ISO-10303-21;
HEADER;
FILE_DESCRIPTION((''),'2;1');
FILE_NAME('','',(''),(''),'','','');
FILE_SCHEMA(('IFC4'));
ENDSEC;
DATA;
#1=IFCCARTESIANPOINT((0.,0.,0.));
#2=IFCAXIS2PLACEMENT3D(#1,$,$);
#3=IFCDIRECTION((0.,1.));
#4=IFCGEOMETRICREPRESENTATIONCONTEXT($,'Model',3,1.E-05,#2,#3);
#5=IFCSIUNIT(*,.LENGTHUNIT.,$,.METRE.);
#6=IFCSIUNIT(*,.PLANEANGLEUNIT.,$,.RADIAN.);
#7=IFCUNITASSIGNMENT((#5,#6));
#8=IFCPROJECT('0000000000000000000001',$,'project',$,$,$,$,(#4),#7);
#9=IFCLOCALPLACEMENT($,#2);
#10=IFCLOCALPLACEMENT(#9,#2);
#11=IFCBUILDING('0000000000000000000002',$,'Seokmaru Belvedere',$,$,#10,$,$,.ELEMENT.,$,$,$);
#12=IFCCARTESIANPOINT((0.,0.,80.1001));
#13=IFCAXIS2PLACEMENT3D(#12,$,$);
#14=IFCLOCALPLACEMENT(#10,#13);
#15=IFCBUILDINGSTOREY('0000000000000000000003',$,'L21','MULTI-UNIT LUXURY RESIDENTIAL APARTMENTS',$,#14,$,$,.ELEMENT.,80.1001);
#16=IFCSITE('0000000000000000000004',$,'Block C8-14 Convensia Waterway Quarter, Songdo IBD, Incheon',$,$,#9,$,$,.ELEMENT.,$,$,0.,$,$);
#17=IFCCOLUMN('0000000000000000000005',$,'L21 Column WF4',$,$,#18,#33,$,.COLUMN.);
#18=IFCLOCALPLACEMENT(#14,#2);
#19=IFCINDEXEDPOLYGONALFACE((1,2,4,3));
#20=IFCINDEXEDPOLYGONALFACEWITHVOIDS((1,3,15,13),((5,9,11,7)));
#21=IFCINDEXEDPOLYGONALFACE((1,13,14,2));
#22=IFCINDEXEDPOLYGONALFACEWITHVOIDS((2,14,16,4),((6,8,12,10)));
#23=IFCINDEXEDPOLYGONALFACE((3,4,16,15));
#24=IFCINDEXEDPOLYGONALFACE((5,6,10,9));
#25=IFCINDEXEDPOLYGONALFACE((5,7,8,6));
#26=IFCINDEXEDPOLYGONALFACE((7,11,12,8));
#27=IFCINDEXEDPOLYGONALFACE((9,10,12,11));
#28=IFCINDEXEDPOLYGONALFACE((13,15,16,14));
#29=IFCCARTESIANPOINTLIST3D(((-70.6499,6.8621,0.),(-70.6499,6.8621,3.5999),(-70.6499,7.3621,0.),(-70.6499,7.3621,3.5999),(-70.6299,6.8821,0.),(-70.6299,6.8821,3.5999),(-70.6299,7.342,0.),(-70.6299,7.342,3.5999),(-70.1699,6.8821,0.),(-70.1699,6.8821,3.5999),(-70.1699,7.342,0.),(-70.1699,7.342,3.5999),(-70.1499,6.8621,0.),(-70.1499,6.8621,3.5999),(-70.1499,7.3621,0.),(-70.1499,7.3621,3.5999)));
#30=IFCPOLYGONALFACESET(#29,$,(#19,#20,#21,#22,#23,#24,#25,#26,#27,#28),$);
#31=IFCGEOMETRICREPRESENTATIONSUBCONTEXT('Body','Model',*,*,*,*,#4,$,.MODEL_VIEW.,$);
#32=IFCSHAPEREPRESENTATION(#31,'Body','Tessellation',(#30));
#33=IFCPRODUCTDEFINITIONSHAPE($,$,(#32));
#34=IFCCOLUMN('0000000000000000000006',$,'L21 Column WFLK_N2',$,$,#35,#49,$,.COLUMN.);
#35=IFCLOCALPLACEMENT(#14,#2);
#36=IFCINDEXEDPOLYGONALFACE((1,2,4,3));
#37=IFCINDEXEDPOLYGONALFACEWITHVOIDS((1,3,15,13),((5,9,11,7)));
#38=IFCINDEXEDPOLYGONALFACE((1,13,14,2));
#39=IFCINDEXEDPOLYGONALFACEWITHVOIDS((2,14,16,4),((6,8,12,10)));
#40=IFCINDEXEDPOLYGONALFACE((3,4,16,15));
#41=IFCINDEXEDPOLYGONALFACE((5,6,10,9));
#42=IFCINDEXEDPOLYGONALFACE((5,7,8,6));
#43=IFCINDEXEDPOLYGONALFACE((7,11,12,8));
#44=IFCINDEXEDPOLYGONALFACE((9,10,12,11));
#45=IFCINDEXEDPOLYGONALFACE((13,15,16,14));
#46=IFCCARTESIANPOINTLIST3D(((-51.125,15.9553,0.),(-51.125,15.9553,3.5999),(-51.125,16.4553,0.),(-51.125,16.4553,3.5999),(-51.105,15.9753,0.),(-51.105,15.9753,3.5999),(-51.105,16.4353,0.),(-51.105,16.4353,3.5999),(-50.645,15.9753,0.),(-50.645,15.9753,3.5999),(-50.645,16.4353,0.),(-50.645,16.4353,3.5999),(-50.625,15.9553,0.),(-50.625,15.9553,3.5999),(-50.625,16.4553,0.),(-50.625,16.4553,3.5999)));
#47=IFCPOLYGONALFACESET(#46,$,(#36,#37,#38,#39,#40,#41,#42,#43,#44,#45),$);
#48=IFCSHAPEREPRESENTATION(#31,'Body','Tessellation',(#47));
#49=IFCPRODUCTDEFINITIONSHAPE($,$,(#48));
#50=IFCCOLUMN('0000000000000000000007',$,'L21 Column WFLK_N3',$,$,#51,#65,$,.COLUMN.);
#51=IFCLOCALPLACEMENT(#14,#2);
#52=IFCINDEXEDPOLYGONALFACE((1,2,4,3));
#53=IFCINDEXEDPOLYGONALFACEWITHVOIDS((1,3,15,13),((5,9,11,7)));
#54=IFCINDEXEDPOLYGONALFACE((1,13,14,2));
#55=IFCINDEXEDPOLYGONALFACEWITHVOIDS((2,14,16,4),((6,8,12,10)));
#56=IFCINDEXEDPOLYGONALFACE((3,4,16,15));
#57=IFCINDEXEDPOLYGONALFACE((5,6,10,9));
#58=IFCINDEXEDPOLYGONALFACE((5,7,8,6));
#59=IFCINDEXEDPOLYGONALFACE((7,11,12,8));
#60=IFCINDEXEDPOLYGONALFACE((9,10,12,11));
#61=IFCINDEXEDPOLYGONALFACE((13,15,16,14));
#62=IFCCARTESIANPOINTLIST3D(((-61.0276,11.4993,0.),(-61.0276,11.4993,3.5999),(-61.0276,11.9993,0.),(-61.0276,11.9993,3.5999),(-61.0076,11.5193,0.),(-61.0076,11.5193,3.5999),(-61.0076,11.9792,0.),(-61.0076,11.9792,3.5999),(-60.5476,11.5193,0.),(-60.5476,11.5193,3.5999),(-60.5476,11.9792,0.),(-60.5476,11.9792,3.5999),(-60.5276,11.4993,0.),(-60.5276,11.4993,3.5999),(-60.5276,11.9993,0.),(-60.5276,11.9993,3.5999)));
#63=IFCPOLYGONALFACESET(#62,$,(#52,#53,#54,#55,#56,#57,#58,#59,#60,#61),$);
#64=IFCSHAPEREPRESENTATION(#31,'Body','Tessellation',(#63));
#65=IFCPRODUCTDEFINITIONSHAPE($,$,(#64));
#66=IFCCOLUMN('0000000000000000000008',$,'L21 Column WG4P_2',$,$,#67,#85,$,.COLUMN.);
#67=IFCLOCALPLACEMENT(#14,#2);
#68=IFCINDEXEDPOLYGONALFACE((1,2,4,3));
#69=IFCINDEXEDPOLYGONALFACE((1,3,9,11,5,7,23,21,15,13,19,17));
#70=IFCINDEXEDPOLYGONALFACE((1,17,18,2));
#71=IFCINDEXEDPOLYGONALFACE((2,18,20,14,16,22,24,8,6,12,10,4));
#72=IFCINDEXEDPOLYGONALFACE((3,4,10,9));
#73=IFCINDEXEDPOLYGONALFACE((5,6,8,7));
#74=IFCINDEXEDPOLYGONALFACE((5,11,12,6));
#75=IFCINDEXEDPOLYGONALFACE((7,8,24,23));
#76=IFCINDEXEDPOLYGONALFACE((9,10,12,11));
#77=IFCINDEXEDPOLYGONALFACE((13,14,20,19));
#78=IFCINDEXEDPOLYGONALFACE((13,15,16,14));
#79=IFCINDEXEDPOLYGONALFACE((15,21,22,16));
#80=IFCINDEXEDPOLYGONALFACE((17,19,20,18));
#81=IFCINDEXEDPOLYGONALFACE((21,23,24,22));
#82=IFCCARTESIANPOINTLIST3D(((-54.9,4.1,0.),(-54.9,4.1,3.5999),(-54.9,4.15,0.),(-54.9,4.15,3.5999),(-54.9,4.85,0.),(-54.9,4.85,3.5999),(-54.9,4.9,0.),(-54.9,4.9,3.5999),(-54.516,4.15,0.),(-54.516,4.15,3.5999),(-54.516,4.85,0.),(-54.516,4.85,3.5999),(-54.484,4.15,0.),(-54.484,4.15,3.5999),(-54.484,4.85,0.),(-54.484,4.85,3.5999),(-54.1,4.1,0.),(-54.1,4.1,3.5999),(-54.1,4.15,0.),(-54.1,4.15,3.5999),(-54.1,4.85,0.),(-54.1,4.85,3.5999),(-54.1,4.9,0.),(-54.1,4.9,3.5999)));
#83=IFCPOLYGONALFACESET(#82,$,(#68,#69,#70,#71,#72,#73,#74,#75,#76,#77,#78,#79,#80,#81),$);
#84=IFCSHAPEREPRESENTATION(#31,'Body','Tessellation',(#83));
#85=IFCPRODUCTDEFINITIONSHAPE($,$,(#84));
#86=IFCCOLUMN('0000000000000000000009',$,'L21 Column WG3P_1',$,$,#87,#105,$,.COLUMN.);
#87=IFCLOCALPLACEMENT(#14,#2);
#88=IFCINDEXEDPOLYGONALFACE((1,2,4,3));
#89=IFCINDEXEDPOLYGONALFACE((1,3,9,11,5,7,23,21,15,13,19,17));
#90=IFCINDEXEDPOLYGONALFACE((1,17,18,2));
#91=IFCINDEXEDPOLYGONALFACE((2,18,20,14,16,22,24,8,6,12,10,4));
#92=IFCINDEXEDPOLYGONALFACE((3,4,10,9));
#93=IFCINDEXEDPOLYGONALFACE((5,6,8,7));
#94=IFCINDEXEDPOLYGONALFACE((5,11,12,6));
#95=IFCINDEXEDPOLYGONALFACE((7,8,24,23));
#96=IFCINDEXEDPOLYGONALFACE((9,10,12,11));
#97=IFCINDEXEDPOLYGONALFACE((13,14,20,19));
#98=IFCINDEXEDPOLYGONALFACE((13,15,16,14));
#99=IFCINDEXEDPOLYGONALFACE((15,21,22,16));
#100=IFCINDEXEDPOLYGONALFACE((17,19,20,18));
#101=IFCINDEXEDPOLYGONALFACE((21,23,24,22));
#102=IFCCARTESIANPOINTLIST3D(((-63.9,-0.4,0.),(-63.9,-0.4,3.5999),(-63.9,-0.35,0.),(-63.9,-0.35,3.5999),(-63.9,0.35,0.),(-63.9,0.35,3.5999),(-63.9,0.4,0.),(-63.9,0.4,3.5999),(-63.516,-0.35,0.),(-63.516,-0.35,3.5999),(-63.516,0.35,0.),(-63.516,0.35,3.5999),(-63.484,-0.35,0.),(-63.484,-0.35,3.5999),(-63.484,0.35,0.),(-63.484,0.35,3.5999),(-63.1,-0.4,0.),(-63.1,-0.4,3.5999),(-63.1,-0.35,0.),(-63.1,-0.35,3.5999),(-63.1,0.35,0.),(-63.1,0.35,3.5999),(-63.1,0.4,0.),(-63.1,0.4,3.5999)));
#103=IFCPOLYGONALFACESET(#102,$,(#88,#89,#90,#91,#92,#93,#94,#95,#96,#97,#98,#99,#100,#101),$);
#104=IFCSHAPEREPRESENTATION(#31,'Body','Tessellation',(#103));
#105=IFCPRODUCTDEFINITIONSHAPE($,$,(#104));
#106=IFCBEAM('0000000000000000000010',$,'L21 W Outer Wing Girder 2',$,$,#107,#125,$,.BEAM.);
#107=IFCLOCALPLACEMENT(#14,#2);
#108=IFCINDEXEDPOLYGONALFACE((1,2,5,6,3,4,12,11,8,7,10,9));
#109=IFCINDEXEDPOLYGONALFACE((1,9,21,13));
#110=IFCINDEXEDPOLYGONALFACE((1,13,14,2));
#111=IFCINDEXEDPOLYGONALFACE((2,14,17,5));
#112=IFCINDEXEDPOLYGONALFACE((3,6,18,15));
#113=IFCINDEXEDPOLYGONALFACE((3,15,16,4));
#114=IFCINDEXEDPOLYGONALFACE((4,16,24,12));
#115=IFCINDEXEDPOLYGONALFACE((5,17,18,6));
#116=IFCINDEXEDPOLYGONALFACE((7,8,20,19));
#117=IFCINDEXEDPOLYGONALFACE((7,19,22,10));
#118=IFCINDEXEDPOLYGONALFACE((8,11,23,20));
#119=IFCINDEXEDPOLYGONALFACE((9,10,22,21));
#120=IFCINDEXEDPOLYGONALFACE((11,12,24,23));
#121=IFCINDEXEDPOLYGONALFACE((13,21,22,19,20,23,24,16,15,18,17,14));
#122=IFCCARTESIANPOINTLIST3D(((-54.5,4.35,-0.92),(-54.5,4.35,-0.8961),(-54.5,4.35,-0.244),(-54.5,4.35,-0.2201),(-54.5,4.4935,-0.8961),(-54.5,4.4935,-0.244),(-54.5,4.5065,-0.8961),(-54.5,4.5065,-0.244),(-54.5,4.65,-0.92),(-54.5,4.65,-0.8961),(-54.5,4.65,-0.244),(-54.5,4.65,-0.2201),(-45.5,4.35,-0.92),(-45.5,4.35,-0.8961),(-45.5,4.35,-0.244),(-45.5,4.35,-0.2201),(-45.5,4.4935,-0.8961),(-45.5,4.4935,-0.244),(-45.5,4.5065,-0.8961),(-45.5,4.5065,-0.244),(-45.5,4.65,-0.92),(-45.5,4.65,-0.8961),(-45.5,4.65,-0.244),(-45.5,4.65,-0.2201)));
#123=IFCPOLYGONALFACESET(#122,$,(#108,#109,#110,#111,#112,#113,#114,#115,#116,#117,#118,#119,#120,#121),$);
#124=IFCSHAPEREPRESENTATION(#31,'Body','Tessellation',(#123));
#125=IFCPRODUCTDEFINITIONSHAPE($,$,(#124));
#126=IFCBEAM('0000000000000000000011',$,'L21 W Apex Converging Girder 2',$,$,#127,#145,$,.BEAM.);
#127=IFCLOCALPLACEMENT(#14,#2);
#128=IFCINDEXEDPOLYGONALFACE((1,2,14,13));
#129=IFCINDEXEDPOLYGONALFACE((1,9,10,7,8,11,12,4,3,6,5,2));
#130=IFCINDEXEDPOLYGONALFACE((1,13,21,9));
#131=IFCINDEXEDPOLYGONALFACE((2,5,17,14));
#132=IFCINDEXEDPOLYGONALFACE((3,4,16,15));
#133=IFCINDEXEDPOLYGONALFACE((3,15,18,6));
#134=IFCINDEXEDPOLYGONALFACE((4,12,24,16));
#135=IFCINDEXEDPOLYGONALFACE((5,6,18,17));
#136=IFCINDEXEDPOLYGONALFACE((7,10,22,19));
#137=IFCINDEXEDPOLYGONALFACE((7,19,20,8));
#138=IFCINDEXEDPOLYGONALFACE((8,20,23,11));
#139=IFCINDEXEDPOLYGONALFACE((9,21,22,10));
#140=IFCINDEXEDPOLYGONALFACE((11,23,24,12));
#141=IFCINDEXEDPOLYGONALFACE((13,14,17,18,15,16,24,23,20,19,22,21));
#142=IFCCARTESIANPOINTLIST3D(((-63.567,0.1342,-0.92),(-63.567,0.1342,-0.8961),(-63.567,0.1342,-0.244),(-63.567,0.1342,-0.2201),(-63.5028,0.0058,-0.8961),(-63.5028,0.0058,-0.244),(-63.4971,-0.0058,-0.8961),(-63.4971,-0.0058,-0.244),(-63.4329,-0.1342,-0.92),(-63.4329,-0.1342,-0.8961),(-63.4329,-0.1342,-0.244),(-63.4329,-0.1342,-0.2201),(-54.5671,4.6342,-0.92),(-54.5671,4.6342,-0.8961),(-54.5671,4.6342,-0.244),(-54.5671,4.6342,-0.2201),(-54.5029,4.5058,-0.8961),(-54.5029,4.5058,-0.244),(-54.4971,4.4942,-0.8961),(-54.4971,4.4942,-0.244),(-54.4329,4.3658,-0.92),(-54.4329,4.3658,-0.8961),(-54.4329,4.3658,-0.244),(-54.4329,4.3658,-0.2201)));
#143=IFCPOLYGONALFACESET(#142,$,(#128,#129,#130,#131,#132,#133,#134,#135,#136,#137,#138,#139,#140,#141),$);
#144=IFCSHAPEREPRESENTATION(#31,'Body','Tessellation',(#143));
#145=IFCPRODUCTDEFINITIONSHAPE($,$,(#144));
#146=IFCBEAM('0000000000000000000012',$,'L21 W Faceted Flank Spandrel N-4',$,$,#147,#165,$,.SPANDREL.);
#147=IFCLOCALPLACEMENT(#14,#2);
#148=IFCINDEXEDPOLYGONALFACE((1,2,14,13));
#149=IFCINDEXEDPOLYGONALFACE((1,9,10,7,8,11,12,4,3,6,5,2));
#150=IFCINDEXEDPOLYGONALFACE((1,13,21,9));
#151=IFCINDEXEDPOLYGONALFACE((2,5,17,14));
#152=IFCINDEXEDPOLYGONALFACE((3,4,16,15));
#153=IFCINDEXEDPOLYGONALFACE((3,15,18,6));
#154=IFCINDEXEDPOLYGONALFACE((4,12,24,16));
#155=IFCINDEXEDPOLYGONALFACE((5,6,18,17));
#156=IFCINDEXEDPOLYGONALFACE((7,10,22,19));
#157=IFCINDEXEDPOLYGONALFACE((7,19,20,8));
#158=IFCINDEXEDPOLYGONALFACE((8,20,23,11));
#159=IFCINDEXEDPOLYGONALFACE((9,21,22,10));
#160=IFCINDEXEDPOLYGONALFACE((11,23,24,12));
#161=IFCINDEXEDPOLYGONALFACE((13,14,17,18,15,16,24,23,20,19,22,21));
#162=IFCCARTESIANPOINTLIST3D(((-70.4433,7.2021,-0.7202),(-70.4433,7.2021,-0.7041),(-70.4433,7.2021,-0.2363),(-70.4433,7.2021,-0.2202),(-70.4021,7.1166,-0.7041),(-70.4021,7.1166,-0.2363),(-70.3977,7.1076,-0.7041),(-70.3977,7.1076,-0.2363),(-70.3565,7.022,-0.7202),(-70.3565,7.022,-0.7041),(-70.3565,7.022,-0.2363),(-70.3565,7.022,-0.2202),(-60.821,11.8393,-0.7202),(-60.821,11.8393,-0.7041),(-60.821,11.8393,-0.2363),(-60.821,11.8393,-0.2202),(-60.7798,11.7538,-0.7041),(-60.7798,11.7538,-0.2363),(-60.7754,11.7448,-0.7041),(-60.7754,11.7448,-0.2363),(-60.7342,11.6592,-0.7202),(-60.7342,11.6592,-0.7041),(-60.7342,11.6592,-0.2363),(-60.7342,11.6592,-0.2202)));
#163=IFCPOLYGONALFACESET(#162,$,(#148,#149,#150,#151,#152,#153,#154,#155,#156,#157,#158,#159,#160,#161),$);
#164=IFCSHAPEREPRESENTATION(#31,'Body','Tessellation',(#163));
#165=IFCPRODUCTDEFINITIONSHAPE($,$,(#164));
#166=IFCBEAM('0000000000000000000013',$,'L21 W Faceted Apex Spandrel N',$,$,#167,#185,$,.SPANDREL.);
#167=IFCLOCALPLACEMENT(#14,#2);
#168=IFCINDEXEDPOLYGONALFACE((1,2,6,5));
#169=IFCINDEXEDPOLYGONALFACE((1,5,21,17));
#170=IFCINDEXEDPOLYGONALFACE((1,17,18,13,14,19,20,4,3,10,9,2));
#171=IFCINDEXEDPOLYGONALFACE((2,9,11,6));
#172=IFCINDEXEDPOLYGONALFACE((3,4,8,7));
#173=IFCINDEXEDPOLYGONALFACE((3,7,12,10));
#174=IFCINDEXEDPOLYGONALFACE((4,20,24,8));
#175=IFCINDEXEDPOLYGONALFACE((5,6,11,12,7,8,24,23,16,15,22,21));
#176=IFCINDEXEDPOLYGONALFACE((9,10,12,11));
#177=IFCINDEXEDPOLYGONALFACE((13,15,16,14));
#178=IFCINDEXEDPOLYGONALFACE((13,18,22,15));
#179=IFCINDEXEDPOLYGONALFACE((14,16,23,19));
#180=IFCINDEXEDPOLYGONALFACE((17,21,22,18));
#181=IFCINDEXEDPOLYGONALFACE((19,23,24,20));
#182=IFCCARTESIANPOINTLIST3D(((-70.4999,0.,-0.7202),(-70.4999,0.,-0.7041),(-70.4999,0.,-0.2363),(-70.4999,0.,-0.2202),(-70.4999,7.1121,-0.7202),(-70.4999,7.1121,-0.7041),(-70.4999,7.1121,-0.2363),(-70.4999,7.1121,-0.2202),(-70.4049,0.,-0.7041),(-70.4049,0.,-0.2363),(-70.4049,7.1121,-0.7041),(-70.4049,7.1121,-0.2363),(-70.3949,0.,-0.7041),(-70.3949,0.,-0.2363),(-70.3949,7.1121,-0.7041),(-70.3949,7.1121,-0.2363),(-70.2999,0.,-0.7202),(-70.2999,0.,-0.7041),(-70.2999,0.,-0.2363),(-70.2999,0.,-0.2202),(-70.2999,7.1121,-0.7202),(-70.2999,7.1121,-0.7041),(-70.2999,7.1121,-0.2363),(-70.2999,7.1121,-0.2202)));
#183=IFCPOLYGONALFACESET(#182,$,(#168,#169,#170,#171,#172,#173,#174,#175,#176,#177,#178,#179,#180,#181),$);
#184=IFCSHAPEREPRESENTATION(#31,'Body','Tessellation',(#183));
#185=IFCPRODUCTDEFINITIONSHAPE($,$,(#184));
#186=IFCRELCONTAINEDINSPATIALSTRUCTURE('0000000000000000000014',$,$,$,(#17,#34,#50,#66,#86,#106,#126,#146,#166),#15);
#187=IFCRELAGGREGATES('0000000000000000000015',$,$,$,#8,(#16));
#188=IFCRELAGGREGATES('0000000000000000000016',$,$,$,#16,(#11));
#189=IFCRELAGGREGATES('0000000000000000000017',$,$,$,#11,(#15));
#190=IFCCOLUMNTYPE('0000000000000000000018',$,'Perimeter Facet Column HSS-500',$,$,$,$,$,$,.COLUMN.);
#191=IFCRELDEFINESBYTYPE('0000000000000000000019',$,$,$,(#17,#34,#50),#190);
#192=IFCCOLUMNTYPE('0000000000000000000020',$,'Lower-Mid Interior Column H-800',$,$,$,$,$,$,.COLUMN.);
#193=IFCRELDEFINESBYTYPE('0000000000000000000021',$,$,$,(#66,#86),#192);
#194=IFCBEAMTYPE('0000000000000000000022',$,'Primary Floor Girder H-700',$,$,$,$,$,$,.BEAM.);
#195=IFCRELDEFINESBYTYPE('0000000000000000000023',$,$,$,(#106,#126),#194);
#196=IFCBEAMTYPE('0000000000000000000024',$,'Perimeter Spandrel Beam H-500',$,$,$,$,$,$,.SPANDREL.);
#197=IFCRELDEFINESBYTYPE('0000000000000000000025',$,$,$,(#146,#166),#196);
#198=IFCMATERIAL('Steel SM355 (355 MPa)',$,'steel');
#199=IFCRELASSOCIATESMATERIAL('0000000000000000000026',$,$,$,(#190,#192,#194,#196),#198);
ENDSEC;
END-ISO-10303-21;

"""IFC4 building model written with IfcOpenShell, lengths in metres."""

from ifc_helpers import new_model, si_unit, direction, frame, origin, origin_2d, place, context, subcontext, project, spatial, hollow_rectangle, i_section, extrude, source, transform, mapped, material, material_profile, profile_set, type_object, type_shapes, element, save


model = new_model("IFC4")

# Units and contexts
model_context = context("Model", 3, precision=1e-05, world=origin(), true_north=direction((0.0, 1.0)))
body_context = subcontext(model_context, "Body", "Model", "MODEL_VIEW")
ifc_project = project(units=[si_unit("LENGTHUNIT", "METRE"), si_unit("PLANEANGLEUNIT", "RADIAN")], contexts=[model_context])

# Site, building, storey
site_placement = place(None, origin())
site = spatial("IfcSite", under=ifc_project, at=site_placement, Name="Block C8-14 Convensia Waterway Quarter, Songdo IBD, Incheon", CompositionType="ELEMENT", RefElevation=0.0)
building_placement = place(site_placement, origin())
building = spatial("IfcBuilding", under=site, at=building_placement, Name="Seokmaru Belvedere", CompositionType="ELEMENT")
storey_placement = place(building_placement, frame((0.0, 0.0, 80.1001)))
storey = spatial("IfcBuildingStorey", under=building, at=storey_placement, Name="L21", Description="MULTI-UNIT LUXURY RESIDENTIAL APARTMENTS", CompositionType="ELEMENT", Elevation=80.1001)

# Columns
ifc_material_1 = material(Name="Steel SM355 (355 MPa)", Category="steel")
ifc_material_profile_1 = material_profile(ifc_material_1, hollow_rectangle(XDim=0.5, YDim=0.5, WallThickness=0.02, at=origin_2d()), Name="HSS-500x500x20")
ifc_profile_set_1 = profile_set([ifc_material_profile_1], Name="Steel SM355 (355 MPa)")
column_type_1 = type_object("IfcColumnType", Name="Perimeter Facet Column HSS-500", PredefinedType="COLUMN", material=ifc_profile_set_1)
shared_shape_1 = source(origin(), body_context, "Body", "SweptSolid", [
    extrude(hollow_rectangle(XDim=0.5, YDim=0.5, WallThickness=0.02, at=origin_2d()), origin(), (0.0, 0.0, 1.0), 3.5999),
])
type_shapes(column_type_1, [shared_shape_1])
for number, where, z_axis, x_axis, name in (
    (1, (-70.3999, 7.1121, 0.0), (0.0, 0.0, 1.0), (1.0, 0.0, 0.0), "L21 Column WF4"),
    (2, (-50.875, 16.2053, 0.0), (0.0, 0.0, 1.0), (1.0, 0.0, 0.0), "L21 Column WFLK_N2"),
    (3, (-60.7776, 11.7493, 0.0), (0.0, 0.0, 1.0), (1.0, 0.0, 0.0), "L21 Column WFLK_N3"),
):
    element("IfcColumn", number, at=place(storey_placement, frame(where, z_axis=z_axis, x_axis=x_axis)), inside=storey, type_object=column_type_1, Name=name, PredefinedType="COLUMN", context=body_context, shape_type="MappedRepresentation", body=[
        mapped(shared_shape_1, transform((0.0, 0.0, 0.0), scale=1.0)),
    ])
ifc_material_profile_2 = material_profile(ifc_material_1, i_section(OverallWidth=0.8, OverallDepth=0.8, WebThickness=0.032, FlangeThickness=0.05, at=origin_2d()), Name="H-800x800x32x50")
ifc_profile_set_2 = profile_set([ifc_material_profile_2], Name="Steel SM355 (355 MPa)")
column_type_2 = type_object("IfcColumnType", Name="Lower-Mid Interior Column H-800", PredefinedType="COLUMN", material=ifc_profile_set_2)
shared_shape_2 = source(origin(), body_context, "Body", "SweptSolid", [
    extrude(i_section(OverallWidth=0.8, OverallDepth=0.8, WebThickness=0.032, FlangeThickness=0.05, at=origin_2d()), origin(), (0.0, 0.0, 1.0), 3.5999),
])
type_shapes(column_type_2, [shared_shape_2])
for number, where, z_axis, x_axis, name in (
    (4, (-54.5, 4.5, 0.0), (0.0, 0.0, 1.0), (1.0, 0.0, 0.0), "L21 Column WG4P_2"),
    (5, (-63.5, 0.0, 0.0), (0.0, 0.0, 1.0), (1.0, 0.0, 0.0), "L21 Column WG3P_1"),
):
    element("IfcColumn", number, at=place(storey_placement, frame(where, z_axis=z_axis, x_axis=x_axis)), inside=storey, type_object=column_type_2, Name=name, PredefinedType="COLUMN", context=body_context, shape_type="MappedRepresentation", body=[
        mapped(shared_shape_2, transform((0.0, 0.0, 0.0), scale=1.0)),
    ])

# Beams
ifc_material_profile_3 = material_profile(ifc_material_1, i_section(OverallWidth=0.3, OverallDepth=0.7, WebThickness=0.0129, FlangeThickness=0.0239, at=origin_2d()), Name="H-700x300x13x24")
ifc_profile_set_3 = profile_set([ifc_material_profile_3], Name="Steel SM355 (355 MPa)")
beam_type_1 = type_object("IfcBeamType", Name="Primary Floor Girder H-700", PredefinedType="BEAM", material=ifc_profile_set_3)
shared_shape_3 = source(origin(), body_context, "Body", "SweptSolid", [
    extrude(i_section(OverallWidth=0.3, OverallDepth=0.7, WebThickness=0.0129, FlangeThickness=0.0239, at=origin_2d()), origin(), (0.0, 0.0, 1.0), 9.0),
])
beam_1_placement = place(storey_placement, frame((-54.5, 4.5, -0.5701), z_axis=(1.0, 0.0, 0.0), x_axis=(0.0, 1.0, 0.0)))
element("IfcBeam", 6, at=beam_1_placement, inside=storey, type_object=beam_type_1, Name="L21 W Outer Wing Girder 2", PredefinedType="BEAM", context=body_context, shape_type="MappedRepresentation", body=[
    mapped(shared_shape_3, transform((0.0, 0.0, 0.0), scale=1.0)),
])
shared_shape_4 = source(origin(), body_context, "Body", "SweptSolid", [
    extrude(i_section(OverallWidth=0.3, OverallDepth=0.7, WebThickness=0.0129, FlangeThickness=0.0239, at=origin_2d()), origin(), (0.0, 0.0, 1.0), 10.0623),
])
beam_2_placement = place(storey_placement, frame((-54.5, 4.5, -0.5701), z_axis=(-0.894427, -0.447214, 0.0), x_axis=(0.447214, -0.894427, 0.0)))
element("IfcBeam", 7, at=beam_2_placement, inside=storey, type_object=beam_type_1, Name="L21 W Apex Converging Girder 2", PredefinedType="BEAM", context=body_context, shape_type="MappedRepresentation", body=[
    mapped(shared_shape_4, transform((0.0, 0.0, 0.0), scale=1.0)),
])
ifc_material_profile_4 = material_profile(ifc_material_1, i_section(OverallWidth=0.2, OverallDepth=0.5, WebThickness=0.01, FlangeThickness=0.0161, at=origin_2d()), Name="H-500x200x10x16")
ifc_profile_set_4 = profile_set([ifc_material_profile_4], Name="Steel SM355 (355 MPa)")
beam_type_2 = type_object("IfcBeamType", Name="Perimeter Spandrel Beam H-500", PredefinedType="SPANDREL", material=ifc_profile_set_4)
shared_shape_5 = source(origin(), body_context, "Body", "SweptSolid", [
    extrude(i_section(OverallWidth=0.2, OverallDepth=0.5, WebThickness=0.01, FlangeThickness=0.0161, at=origin_2d()), origin(), (0.0, 0.0, 1.0), 10.6814),
])
beam_3_placement = place(storey_placement, frame((-60.7776, 11.7493, -0.4702), z_axis=(-0.900846, -0.434138, 0.0), x_axis=(0.434138, -0.900846, 0.0)))
element("IfcBeam", 8, at=beam_3_placement, inside=storey, type_object=beam_type_2, Name="L21 W Faceted Flank Spandrel N-4", PredefinedType="SPANDREL", context=body_context, shape_type="MappedRepresentation", body=[
    mapped(shared_shape_5, transform((0.0, 0.0, 0.0), scale=1.0)),
])
shared_shape_6 = source(origin(), body_context, "Body", "SweptSolid", [
    extrude(i_section(OverallWidth=0.2, OverallDepth=0.5, WebThickness=0.01, FlangeThickness=0.0161, at=origin_2d()), origin(), (0.0, 0.0, 1.0), 7.1121),
])
type_shapes(beam_type_2, [shared_shape_5, shared_shape_6])
beam_4_placement = place(storey_placement, frame((-70.3999, 0.0, -0.4702), z_axis=(0.0, 1.0, 0.0), x_axis=(-1.0, 0.0, 0.0)))
element("IfcBeam", 9, at=beam_4_placement, inside=storey, type_object=beam_type_2, Name="L21 W Faceted Apex Spandrel N", PredefinedType="SPANDREL", context=body_context, shape_type="MappedRepresentation", body=[
    mapped(shared_shape_6, transform((0.0, 0.0, 0.0), scale=1.0)),
])

save(model, "model.ifc")
